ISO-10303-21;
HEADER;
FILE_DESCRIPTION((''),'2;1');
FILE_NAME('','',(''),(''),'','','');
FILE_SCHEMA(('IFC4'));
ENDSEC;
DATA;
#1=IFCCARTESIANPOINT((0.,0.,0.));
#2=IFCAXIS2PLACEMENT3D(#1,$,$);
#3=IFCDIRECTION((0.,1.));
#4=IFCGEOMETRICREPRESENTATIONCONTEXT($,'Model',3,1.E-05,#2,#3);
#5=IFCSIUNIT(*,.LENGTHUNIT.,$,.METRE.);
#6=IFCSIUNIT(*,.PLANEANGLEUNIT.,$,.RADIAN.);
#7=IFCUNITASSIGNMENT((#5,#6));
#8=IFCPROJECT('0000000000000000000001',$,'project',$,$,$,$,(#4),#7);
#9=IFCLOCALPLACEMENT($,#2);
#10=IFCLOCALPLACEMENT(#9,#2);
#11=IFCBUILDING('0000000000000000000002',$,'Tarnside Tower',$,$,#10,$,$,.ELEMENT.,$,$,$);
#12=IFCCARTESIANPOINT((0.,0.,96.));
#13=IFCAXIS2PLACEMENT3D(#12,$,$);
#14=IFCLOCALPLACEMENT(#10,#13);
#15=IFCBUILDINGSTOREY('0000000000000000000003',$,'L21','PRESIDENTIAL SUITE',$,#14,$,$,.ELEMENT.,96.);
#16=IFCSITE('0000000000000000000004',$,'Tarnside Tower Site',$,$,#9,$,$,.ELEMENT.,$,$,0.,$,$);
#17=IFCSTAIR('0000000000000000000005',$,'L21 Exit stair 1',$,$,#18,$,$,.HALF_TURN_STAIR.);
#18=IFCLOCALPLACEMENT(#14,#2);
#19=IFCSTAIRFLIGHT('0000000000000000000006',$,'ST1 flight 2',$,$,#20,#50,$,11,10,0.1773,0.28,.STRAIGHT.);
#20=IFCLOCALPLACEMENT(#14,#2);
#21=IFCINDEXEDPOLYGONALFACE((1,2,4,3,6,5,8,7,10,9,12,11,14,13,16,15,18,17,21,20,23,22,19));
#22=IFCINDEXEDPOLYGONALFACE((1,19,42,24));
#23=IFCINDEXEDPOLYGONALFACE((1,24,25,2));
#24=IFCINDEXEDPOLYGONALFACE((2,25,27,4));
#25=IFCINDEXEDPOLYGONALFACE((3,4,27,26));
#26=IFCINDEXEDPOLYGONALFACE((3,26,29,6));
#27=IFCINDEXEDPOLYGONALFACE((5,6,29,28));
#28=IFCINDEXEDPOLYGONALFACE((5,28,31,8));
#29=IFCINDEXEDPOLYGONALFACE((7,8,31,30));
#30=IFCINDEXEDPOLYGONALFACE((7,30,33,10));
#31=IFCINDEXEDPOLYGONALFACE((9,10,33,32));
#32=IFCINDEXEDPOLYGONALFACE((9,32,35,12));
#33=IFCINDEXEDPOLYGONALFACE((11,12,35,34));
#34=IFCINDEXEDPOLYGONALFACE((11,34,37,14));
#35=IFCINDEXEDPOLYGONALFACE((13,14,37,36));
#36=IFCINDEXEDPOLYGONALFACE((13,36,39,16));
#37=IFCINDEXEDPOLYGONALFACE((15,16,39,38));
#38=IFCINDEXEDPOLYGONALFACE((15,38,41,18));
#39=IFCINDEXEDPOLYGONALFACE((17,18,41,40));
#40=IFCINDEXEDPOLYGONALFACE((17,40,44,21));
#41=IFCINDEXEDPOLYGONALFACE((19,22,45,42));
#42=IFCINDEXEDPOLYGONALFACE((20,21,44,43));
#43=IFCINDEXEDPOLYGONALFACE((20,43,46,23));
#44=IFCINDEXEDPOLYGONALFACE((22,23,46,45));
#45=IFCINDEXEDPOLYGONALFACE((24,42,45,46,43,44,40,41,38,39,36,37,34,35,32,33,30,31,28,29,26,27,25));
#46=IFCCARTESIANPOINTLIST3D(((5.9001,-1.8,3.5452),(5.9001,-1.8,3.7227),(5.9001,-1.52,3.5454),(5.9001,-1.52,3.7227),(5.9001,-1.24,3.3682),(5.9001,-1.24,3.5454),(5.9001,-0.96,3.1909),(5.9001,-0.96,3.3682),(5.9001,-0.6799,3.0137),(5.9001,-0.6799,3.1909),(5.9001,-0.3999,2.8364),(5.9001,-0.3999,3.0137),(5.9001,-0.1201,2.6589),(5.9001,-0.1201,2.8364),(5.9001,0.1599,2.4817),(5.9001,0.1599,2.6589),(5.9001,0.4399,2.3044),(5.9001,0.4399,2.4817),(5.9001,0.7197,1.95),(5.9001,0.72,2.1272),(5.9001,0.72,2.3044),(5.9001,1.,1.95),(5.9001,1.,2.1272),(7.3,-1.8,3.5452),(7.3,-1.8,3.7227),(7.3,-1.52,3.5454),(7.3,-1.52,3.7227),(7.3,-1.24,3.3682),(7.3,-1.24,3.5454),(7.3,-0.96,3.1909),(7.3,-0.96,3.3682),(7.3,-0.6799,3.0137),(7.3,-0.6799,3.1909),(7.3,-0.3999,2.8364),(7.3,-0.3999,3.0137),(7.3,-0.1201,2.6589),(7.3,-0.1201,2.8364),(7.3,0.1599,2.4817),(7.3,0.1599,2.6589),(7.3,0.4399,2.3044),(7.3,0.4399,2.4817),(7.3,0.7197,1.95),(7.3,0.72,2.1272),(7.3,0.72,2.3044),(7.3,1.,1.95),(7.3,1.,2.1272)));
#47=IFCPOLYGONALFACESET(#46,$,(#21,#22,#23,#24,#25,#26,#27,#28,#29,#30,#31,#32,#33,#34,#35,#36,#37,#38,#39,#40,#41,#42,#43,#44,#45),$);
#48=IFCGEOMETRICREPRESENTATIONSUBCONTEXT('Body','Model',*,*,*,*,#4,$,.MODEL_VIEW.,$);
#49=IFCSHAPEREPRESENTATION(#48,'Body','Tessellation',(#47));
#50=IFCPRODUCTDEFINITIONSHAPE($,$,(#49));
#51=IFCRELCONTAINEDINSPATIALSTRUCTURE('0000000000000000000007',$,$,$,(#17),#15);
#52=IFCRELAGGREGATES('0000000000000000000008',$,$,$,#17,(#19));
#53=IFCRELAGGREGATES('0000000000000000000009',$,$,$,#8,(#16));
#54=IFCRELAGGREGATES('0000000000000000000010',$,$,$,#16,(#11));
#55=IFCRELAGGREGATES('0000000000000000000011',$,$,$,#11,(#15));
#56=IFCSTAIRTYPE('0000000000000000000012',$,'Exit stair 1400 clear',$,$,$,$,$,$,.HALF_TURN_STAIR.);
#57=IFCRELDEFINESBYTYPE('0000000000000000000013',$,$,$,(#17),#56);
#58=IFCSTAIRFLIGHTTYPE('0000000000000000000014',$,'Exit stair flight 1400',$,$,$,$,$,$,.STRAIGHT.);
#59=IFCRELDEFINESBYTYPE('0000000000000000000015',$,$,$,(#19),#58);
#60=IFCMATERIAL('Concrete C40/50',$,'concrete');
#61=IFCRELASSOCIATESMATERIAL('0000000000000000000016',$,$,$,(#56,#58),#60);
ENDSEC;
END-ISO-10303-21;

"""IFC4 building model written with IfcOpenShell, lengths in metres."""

from ifc_helpers import new_model, si_unit, direction, frame, origin, place, context, subcontext, project, spatial, polyline, outline, extrude, material, type_object, element, aggregate, save


model = new_model("IFC4")

# Units and contexts
model_context = context("Model", 3, precision=1e-05, world=origin(), true_north=direction((0.0, 1.0)))
body_context = subcontext(model_context, "Body", "Model", "MODEL_VIEW")
ifc_project = project(units=[si_unit("LENGTHUNIT", "METRE"), si_unit("PLANEANGLEUNIT", "RADIAN")], contexts=[model_context])

# Site, building, storey
site_placement = place(None, origin())
site = spatial("IfcSite", under=ifc_project, at=site_placement, Name="Tarnside Tower Site", CompositionType="ELEMENT", RefElevation=0.0)
building_placement = place(site_placement, origin())
building = spatial("IfcBuilding", under=site, at=building_placement, Name="Tarnside Tower", CompositionType="ELEMENT")
storey_placement = place(building_placement, frame((0.0, 0.0, 96.0)))
storey = spatial("IfcBuildingStorey", under=building, at=storey_placement, Name="L21", Description="PRESIDENTIAL SUITE", CompositionType="ELEMENT", Elevation=96.0)

# Shared definitions
ifc_material_1 = material(Name="Concrete C40/50", Category="concrete")

# Stair, stair flight
stair_type = type_object("IfcStairType", Name="Exit stair 1400 clear", PredefinedType="HALF_TURN_STAIR", material=ifc_material_1)
stair_placement = place(storey_placement, origin())
stair = element("IfcStair", 1, at=stair_placement, inside=storey, type_object=stair_type, Name="L21 Exit stair 1", PredefinedType="HALF_TURN_STAIR")
stair_flight_type = type_object("IfcStairFlightType", Name="Exit stair flight 1400", PredefinedType="STRAIGHT", material=ifc_material_1)
stair_flight_placement = place(storey_placement, frame((6.6001, 1.0, 1.95), z_axis=(0.0, 0.0, 1.0), x_axis=(0.0, -1.0, 0.0)))
stair_flight = element("IfcStairFlight", 2, at=stair_flight_placement, type_object=stair_flight_type, Name="ST1 flight 2", NumberOfRisers=11, NumberOfTreads=10, PredefinedType="STRAIGHT", RiserHeight=0.1773, TreadLength=0.28, context=body_context, shape_type="SweptSolid", body=[
    extrude(outline(polyline([(0.0, 0.0), (0.0, 0.1772), (0.28, 0.1772), (0.28, 0.3545), (0.5601, 0.3545), (0.5601, 0.5317), (0.8401, 0.5317), (0.8401, 0.709), (1.1201, 0.709), (1.1201, 0.8865), (1.3999, 0.8865), (1.3999, 1.0637), (1.6799, 1.0637), (1.6799, 1.241), (1.96, 1.241), (1.96, 1.4182), (2.24, 1.4182), (2.24, 1.5955), (2.52, 1.5955), (2.52, 1.7727), (2.8, 1.7727), (2.8, 1.95), (2.8, 1.5952), (0.2803, 0.0), (0.0, 0.0)])), frame((0.0, 0.7, 0.0), z_axis=(0.0, -1.0, 0.0), x_axis=(1.0, 0.0, 0.0)), (0.0, 0.0, 1.0), 1.3999),
])
aggregate(stair, [stair_flight])

save(model, "model.ifc")
